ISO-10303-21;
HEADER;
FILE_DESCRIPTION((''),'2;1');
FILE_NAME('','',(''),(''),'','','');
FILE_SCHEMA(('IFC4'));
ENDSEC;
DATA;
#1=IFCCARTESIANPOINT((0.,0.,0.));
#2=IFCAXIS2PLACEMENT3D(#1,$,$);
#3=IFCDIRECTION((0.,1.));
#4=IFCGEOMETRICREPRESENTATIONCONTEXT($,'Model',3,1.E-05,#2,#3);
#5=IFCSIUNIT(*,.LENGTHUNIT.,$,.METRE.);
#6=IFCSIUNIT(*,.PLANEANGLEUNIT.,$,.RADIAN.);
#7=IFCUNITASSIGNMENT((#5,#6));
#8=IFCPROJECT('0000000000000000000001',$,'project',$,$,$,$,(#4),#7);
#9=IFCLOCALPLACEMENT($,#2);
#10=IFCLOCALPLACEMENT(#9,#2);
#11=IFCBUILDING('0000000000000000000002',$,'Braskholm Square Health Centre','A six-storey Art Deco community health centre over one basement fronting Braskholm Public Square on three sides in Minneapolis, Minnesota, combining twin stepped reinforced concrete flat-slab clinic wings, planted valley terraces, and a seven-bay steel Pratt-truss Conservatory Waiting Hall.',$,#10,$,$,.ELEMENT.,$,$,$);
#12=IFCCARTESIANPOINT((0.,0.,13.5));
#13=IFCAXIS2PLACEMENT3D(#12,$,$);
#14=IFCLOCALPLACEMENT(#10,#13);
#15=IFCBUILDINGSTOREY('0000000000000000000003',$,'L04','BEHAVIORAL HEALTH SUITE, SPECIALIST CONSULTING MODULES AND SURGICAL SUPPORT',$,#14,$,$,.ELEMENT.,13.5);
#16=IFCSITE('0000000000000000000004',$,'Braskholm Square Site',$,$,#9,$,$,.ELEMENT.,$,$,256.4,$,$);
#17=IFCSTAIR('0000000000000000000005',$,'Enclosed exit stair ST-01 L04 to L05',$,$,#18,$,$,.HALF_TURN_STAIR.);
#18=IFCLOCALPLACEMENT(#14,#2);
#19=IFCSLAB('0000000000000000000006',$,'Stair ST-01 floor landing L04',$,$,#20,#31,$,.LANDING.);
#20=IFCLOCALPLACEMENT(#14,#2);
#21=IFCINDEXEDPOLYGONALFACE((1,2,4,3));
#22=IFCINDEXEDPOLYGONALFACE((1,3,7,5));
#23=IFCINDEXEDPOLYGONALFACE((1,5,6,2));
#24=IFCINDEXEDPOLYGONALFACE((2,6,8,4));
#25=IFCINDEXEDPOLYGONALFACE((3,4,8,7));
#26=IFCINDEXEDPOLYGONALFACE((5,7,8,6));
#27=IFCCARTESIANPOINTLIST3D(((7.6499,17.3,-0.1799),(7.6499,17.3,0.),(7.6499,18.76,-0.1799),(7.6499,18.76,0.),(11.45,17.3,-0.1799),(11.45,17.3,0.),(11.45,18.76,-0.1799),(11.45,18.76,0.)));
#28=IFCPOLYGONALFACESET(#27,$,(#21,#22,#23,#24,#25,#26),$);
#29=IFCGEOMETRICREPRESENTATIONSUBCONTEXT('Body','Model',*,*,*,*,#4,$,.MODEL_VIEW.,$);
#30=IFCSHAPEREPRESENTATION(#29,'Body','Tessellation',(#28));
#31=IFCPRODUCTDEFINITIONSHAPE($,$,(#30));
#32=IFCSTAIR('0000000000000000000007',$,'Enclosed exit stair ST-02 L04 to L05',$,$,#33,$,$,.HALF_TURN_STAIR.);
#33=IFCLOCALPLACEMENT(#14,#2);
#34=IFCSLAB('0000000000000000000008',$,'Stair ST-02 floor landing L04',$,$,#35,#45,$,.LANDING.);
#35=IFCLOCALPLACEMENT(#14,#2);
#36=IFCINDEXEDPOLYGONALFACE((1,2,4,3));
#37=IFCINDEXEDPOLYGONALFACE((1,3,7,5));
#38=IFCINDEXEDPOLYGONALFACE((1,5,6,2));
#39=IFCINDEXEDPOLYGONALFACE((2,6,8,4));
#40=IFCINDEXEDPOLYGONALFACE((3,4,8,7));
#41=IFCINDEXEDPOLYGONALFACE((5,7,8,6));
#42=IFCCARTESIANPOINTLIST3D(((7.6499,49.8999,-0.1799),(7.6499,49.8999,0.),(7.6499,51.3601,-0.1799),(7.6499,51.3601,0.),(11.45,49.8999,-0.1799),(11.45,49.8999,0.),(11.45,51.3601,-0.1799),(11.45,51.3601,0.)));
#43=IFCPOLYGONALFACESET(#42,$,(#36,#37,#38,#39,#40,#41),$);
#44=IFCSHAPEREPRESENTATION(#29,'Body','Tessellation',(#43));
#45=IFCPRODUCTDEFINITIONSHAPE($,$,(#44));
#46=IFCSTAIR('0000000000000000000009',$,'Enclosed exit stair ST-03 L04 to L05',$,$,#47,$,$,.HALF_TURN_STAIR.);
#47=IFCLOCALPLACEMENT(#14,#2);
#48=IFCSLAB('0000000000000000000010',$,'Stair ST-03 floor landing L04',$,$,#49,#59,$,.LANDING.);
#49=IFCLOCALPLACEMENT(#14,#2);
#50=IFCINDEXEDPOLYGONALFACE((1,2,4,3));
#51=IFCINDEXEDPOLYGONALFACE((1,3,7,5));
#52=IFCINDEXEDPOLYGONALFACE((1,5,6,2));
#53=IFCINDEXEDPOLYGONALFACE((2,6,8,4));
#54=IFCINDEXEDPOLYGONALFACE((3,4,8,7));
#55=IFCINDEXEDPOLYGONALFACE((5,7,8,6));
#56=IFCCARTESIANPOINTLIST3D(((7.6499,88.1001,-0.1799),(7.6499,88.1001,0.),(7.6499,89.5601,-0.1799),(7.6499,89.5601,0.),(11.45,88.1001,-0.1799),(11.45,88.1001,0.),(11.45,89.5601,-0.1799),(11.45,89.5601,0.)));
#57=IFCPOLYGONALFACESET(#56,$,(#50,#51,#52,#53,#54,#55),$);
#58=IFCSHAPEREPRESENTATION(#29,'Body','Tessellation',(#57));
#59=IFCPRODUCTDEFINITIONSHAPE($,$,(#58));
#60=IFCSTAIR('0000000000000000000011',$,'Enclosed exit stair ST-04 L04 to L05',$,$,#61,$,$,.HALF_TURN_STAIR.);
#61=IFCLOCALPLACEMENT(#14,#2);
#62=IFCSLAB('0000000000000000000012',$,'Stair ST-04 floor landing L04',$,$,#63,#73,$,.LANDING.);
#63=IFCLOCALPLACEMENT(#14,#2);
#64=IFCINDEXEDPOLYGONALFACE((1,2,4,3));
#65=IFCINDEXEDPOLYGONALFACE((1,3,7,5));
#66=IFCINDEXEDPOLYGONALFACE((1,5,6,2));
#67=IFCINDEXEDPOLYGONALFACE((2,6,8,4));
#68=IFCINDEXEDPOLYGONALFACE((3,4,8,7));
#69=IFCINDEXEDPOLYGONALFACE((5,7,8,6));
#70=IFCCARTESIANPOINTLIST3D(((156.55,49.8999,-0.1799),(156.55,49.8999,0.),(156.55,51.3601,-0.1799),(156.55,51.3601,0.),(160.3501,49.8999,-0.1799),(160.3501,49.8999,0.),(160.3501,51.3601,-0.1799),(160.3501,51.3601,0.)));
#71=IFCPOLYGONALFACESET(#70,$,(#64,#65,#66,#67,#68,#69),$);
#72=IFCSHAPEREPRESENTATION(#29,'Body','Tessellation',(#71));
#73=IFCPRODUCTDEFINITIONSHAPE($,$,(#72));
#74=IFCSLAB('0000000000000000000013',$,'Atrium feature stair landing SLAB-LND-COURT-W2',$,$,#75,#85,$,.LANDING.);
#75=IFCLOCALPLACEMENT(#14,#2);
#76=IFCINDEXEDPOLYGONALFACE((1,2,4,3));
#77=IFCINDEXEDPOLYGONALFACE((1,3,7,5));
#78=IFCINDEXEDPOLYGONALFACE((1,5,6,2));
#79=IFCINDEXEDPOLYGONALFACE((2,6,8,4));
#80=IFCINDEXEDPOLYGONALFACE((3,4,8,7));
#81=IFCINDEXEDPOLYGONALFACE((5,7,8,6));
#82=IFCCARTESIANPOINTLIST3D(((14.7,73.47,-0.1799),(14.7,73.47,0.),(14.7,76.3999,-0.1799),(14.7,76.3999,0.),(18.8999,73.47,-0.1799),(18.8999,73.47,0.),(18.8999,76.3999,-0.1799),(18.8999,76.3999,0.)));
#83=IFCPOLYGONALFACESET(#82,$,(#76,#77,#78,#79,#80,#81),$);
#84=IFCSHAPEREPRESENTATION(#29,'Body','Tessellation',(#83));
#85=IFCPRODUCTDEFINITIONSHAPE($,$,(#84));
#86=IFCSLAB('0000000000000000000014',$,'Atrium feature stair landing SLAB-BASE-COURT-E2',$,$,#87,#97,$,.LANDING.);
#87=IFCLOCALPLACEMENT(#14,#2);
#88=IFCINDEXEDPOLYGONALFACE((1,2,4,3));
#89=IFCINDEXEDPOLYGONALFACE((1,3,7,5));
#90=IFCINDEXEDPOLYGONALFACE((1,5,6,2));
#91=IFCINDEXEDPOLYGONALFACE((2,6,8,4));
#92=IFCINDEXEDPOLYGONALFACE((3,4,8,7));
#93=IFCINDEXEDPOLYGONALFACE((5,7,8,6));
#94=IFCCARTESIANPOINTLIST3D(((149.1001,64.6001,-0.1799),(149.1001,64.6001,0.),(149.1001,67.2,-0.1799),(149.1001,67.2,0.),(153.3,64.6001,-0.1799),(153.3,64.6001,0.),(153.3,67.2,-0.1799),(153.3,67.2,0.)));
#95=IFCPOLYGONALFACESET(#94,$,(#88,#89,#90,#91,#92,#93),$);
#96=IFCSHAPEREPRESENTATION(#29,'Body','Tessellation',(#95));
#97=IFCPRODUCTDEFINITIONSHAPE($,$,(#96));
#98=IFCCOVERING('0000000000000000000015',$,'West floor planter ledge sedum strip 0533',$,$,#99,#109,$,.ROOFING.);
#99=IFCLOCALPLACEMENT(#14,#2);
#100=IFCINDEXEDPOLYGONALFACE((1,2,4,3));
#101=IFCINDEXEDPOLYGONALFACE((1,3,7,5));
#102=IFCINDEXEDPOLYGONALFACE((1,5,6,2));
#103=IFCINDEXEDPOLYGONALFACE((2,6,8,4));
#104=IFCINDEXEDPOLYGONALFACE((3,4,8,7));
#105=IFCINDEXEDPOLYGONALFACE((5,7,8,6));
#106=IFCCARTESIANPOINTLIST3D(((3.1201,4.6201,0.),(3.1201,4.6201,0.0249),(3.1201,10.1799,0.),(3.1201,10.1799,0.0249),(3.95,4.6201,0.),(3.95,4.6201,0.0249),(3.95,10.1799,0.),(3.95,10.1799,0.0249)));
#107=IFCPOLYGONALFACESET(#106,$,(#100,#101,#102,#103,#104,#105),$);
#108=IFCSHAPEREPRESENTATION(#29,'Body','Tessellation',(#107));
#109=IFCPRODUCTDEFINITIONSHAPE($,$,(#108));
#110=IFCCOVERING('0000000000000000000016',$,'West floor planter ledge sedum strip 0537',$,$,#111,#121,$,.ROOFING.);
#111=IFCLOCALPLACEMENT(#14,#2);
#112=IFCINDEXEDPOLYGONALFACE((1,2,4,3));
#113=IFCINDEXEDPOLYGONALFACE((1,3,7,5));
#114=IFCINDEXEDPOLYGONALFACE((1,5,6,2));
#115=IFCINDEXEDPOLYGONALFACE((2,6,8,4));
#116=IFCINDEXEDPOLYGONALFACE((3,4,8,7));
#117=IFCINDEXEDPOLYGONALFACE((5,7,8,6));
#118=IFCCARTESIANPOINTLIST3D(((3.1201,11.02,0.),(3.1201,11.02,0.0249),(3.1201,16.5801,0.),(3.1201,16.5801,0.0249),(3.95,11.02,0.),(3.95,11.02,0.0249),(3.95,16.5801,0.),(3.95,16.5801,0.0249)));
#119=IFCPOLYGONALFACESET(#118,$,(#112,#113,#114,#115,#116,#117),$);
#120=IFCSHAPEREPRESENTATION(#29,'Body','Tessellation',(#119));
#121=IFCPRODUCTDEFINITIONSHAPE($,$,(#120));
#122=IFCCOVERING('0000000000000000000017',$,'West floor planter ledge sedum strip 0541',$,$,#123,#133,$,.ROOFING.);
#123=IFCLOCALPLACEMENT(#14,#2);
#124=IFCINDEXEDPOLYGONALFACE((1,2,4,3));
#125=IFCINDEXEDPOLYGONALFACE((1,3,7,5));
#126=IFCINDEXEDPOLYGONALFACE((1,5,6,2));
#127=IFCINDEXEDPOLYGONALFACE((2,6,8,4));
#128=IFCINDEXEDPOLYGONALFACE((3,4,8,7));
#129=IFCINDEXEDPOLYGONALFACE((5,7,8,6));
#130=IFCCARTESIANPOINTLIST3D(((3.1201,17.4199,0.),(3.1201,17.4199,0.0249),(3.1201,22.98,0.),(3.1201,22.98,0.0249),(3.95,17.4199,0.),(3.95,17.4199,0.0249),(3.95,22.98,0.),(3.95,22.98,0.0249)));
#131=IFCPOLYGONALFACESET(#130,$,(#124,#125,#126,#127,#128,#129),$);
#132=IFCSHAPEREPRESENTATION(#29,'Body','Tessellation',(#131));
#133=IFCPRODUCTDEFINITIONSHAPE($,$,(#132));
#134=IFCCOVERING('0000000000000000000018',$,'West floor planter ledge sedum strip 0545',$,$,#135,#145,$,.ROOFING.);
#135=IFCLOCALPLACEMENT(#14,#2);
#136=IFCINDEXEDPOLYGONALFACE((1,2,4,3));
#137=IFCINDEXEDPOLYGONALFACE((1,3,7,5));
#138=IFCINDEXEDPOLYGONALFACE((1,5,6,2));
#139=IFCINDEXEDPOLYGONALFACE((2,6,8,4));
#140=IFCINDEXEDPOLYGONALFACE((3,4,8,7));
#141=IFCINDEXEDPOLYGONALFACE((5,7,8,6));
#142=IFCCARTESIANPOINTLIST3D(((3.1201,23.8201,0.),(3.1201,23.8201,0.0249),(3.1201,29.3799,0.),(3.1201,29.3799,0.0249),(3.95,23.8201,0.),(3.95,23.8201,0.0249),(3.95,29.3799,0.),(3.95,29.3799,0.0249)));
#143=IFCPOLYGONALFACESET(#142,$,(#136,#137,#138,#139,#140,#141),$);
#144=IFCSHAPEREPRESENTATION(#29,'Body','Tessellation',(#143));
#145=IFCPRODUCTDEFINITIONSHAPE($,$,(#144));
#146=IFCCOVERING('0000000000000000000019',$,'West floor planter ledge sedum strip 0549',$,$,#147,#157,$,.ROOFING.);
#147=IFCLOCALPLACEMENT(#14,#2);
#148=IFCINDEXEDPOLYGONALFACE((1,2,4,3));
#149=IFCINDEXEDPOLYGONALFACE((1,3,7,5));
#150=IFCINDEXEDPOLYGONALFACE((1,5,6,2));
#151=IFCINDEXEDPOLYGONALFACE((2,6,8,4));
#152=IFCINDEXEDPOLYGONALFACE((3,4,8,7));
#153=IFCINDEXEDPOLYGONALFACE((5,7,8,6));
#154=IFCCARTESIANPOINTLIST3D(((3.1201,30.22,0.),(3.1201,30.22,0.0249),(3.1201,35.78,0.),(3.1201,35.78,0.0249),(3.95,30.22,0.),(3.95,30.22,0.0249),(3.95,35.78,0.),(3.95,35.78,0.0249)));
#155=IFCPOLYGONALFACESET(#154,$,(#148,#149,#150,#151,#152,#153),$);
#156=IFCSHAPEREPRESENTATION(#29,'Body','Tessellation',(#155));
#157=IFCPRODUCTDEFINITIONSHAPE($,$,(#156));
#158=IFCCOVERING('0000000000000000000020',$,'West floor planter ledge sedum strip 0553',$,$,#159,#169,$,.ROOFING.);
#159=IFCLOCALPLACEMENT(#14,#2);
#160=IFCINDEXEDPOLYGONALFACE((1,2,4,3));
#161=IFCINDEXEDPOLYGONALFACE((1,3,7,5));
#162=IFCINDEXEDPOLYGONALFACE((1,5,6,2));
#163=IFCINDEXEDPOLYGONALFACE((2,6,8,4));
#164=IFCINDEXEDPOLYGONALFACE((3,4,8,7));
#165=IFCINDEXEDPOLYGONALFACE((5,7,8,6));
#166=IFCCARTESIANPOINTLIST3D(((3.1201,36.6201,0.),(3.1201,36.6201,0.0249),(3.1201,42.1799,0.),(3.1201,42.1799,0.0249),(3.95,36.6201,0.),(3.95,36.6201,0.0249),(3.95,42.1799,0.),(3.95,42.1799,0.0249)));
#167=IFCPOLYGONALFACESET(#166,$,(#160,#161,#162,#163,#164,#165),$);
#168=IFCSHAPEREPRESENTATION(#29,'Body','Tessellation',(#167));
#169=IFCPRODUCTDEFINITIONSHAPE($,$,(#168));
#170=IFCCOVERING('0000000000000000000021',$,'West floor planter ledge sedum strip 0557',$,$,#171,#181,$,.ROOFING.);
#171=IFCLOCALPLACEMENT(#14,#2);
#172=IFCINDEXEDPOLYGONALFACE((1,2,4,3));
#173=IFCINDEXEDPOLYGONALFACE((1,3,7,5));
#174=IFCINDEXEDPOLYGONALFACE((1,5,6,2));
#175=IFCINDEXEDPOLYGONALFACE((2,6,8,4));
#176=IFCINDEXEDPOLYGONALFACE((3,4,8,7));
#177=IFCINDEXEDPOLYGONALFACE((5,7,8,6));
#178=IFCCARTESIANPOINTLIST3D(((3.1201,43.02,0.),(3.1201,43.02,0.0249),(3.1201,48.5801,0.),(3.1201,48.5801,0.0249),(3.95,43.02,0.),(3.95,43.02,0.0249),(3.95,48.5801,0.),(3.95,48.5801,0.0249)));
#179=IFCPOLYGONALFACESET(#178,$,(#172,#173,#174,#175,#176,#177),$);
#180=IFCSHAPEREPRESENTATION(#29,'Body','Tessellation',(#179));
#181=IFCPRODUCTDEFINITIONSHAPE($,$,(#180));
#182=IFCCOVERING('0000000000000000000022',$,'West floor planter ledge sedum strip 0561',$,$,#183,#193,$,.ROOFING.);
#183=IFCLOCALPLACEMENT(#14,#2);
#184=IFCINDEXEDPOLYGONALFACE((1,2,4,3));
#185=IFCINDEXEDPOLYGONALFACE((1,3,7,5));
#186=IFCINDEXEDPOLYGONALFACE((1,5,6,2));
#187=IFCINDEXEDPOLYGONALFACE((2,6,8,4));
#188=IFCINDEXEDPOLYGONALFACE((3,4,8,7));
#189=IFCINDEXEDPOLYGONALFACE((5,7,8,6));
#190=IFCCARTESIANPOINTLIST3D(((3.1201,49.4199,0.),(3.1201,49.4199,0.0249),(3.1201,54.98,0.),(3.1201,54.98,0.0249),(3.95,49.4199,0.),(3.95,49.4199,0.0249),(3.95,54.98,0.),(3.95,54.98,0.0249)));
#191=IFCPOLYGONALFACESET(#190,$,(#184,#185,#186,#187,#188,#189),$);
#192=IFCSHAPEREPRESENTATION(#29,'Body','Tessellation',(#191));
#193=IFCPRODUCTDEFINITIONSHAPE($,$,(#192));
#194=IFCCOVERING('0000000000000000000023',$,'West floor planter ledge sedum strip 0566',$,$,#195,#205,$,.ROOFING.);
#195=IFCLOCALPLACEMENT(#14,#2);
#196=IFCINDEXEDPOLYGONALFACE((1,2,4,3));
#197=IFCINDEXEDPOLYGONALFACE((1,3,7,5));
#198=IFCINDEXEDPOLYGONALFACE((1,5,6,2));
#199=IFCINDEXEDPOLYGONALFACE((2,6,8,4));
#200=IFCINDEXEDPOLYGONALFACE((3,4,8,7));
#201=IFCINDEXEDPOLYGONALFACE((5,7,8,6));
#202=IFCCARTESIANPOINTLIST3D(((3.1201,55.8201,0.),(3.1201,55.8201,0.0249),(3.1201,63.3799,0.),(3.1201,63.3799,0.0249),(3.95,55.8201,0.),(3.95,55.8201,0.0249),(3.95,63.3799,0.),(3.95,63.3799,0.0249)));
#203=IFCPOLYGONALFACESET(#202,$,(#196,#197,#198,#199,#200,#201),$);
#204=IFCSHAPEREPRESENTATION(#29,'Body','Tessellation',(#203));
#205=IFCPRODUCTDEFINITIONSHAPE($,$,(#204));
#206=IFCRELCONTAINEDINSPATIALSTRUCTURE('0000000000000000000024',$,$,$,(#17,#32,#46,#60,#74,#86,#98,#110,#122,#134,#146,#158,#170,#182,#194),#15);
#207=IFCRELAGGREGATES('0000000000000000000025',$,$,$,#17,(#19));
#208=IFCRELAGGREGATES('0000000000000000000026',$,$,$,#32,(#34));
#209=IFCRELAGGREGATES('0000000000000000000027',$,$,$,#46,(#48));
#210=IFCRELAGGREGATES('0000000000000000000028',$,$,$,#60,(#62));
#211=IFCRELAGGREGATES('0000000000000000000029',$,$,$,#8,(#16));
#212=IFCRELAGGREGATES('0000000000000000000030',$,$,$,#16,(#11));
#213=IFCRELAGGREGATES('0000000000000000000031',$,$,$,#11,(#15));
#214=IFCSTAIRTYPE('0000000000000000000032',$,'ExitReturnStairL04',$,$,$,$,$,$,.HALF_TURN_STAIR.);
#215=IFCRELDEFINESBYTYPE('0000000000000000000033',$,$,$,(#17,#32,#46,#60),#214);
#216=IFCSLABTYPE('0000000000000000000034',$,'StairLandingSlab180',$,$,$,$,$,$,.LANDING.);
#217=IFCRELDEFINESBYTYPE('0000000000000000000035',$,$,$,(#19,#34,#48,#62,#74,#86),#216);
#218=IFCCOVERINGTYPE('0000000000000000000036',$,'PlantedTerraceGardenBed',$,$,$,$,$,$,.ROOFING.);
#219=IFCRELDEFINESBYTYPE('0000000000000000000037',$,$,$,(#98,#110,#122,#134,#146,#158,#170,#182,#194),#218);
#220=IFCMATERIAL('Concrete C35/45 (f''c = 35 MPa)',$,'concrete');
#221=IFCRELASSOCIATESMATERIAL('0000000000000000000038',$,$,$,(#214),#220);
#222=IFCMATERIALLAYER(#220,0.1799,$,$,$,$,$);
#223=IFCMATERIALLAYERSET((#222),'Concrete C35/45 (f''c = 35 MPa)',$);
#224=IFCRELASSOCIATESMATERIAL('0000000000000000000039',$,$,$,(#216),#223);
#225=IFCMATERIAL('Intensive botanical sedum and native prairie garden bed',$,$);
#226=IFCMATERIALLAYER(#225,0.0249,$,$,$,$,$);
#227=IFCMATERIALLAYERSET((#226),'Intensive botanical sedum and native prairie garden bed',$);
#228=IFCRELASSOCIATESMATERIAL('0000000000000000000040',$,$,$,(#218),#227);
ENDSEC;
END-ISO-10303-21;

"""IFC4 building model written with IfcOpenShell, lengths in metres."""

from ifc_helpers import new_model, si_unit, direction, frame, origin, place, context, subcontext, project, spatial, polyline, outline, extrude, material, layer, layer_set, type_object, element, aggregate, save


model = new_model("IFC4")

# Units and contexts
model_context = context("Model", 3, precision=1e-05, world=origin(), true_north=direction((0.0, 1.0)))
body_context = subcontext(model_context, "Body", "Model", "MODEL_VIEW")
ifc_project = project(units=[si_unit("LENGTHUNIT", "METRE"), si_unit("PLANEANGLEUNIT", "RADIAN")], contexts=[model_context])

# Site, building, storey
site_placement = place(None, origin())
site = spatial("IfcSite", under=ifc_project, at=site_placement, Name="Braskholm Square Site", CompositionType="ELEMENT", RefElevation=256.4)
building_placement = place(site_placement, origin())
building = spatial("IfcBuilding", under=site, at=building_placement, Name="Braskholm Square Health Centre", Description="A six-storey Art Deco community health centre over one basement fronting Braskholm Public Square on three sides in Minneapolis, Minnesota, combining twin stepped reinforced concrete flat-slab clinic wings, planted valley terraces, and a seven-bay steel Pratt-truss Conservatory Waiting Hall.", CompositionType="ELEMENT")
storey_placement = place(building_placement, frame((0.0, 0.0, 13.5)))
storey = spatial("IfcBuildingStorey", under=building, at=storey_placement, Name="L04", Description="BEHAVIORAL HEALTH SUITE, SPECIALIST CONSULTING MODULES AND SURGICAL SUPPORT", CompositionType="ELEMENT", Elevation=13.5)

# Stairs, slabs
ifc_material_1 = material(Name="Concrete C35/45 (f'c = 35 MPa)", Category="concrete")
stair_type = type_object("IfcStairType", Name="ExitReturnStairL04", PredefinedType="HALF_TURN_STAIR", material=ifc_material_1)
stair_1_placement = place(storey_placement, origin())
stair_1 = element("IfcStair", 1, at=stair_1_placement, inside=storey, type_object=stair_type, Name="Enclosed exit stair ST-01 L04 to L05", PredefinedType="HALF_TURN_STAIR")
ifc_layer_1 = layer(ifc_material_1, 0.1799)
ifc_layer_set_1 = layer_set([ifc_layer_1], Name="Concrete C35/45 (f'c = 35 MPa)")
slab_type_1 = type_object("IfcSlabType", Name="StairLandingSlab180", PredefinedType="LANDING", material=ifc_layer_set_1)
slab_1_placement = place(storey_placement, frame((0.0, 0.0, -0.1799)))
slab_1 = element("IfcSlab", 2, at=slab_1_placement, type_object=slab_type_1, Name="Stair ST-01 floor landing L04", PredefinedType="LANDING", context=body_context, shape_type="SweptSolid", body=[
    extrude(outline(polyline([(7.6499, 17.3), (11.45, 17.3), (11.45, 18.76), (7.6499, 18.76), (7.6499, 17.3)])), origin(), (0.0, 0.0, 1.0), 0.1799),
])
aggregate(stair_1, [slab_1])
stair_2_placement = place(storey_placement, origin())
stair_2 = element("IfcStair", 3, at=stair_2_placement, inside=storey, type_object=stair_type, Name="Enclosed exit stair ST-02 L04 to L05", PredefinedType="HALF_TURN_STAIR")
slab_2_placement = place(storey_placement, frame((0.0, 0.0, -0.1799)))
slab_2 = element("IfcSlab", 4, at=slab_2_placement, type_object=slab_type_1, Name="Stair ST-02 floor landing L04", PredefinedType="LANDING", context=body_context, shape_type="SweptSolid", body=[
    extrude(outline(polyline([(7.6499, 49.8999), (11.45, 49.8999), (11.45, 51.3601), (7.6499, 51.3601), (7.6499, 49.8999)])), origin(), (0.0, 0.0, 1.0), 0.1799),
])
aggregate(stair_2, [slab_2])
stair_3_placement = place(storey_placement, origin())
stair_3 = element("IfcStair", 5, at=stair_3_placement, inside=storey, type_object=stair_type, Name="Enclosed exit stair ST-03 L04 to L05", PredefinedType="HALF_TURN_STAIR")
slab_3_placement = place(storey_placement, frame((0.0, 0.0, -0.1799)))
slab_3 = element("IfcSlab", 6, at=slab_3_placement, type_object=slab_type_1, Name="Stair ST-03 floor landing L04", PredefinedType="LANDING", context=body_context, shape_type="SweptSolid", body=[
    extrude(outline(polyline([(7.6499, 88.1001), (11.45, 88.1001), (11.45, 89.5601), (7.6499, 89.5601), (7.6499, 88.1001)])), origin(), (0.0, 0.0, 1.0), 0.1799),
])
aggregate(stair_3, [slab_3])
stair_4_placement = place(storey_placement, origin())
stair_4 = element("IfcStair", 7, at=stair_4_placement, inside=storey, type_object=stair_type, Name="Enclosed exit stair ST-04 L04 to L05", PredefinedType="HALF_TURN_STAIR")
slab_4_placement = place(storey_placement, frame((0.0, 0.0, -0.1799)))
slab_4 = element("IfcSlab", 8, at=slab_4_placement, type_object=slab_type_1, Name="Stair ST-04 floor landing L04", PredefinedType="LANDING", context=body_context, shape_type="SweptSolid", body=[
    extrude(outline(polyline([(156.55, 49.8999), (160.3501, 49.8999), (160.3501, 51.3601), (156.55, 51.3601), (156.55, 49.8999)])), origin(), (0.0, 0.0, 1.0), 0.1799),
])
aggregate(stair_4, [slab_4])

# Slabs
slab_5_placement = place(storey_placement, frame((0.0, 0.0, -0.1799)))
element("IfcSlab", 9, at=slab_5_placement, inside=storey, type_object=slab_type_1, Name="Atrium feature stair landing SLAB-LND-COURT-W2", PredefinedType="LANDING", context=body_context, shape_type="SweptSolid", body=[
    extrude(outline(polyline([(14.7, 73.47), (18.8999, 73.47), (18.8999, 76.3999), (14.7, 76.3999), (14.7, 73.47)])), origin(), (0.0, 0.0, 1.0), 0.1799),
])
slab_6_placement = place(storey_placement, frame((0.0, 0.0, -0.1799)))
element("IfcSlab", 10, at=slab_6_placement, inside=storey, type_object=slab_type_1, Name="Atrium feature stair landing SLAB-BASE-COURT-E2", PredefinedType="LANDING", context=body_context, shape_type="SweptSolid", body=[
    extrude(outline(polyline([(149.1001, 64.6001), (153.3, 64.6001), (153.3, 67.2), (149.1001, 67.2), (149.1001, 64.6001)])), origin(), (0.0, 0.0, 1.0), 0.1799),
])

# Coverings
ifc_material_2 = material(Name="Intensive botanical sedum and native prairie garden bed")
ifc_layer_2 = layer(ifc_material_2, 0.0249)
ifc_layer_set_2 = layer_set([ifc_layer_2], Name="Intensive botanical sedum and native prairie garden bed")
covering_type = type_object("IfcCoveringType", Name="PlantedTerraceGardenBed", PredefinedType="ROOFING", material=ifc_layer_set_2)
covering_1_placement = place(storey_placement, origin())
element("IfcCovering", 11, at=covering_1_placement, inside=storey, type_object=covering_type, Name="West floor planter ledge sedum strip 0533", PredefinedType="ROOFING", context=body_context, shape_type="SweptSolid", body=[
    extrude(outline(polyline([(3.1201, 4.6201), (3.95, 4.6201), (3.95, 10.1799), (3.1201, 10.1799), (3.1201, 4.6201)])), origin(), (0.0, 0.0, 1.0), 0.0249),
])
covering_2_placement = place(storey_placement, origin())
element("IfcCovering", 12, at=covering_2_placement, inside=storey, type_object=covering_type, Name="West floor planter ledge sedum strip 0537", PredefinedType="ROOFING", context=body_context, shape_type="SweptSolid", body=[
    extrude(outline(polyline([(3.1201, 11.02), (3.95, 11.02), (3.95, 16.5801), (3.1201, 16.5801), (3.1201, 11.02)])), origin(), (0.0, 0.0, 1.0), 0.0249),
])
covering_3_placement = place(storey_placement, origin())
element("IfcCovering", 13, at=covering_3_placement, inside=storey, type_object=covering_type, Name="West floor planter ledge sedum strip 0541", PredefinedType="ROOFING", context=body_context, shape_type="SweptSolid", body=[
    extrude(outline(polyline([(3.1201, 17.4199), (3.95, 17.4199), (3.95, 22.98), (3.1201, 22.98), (3.1201, 17.4199)])), origin(), (0.0, 0.0, 1.0), 0.0249),
])
covering_4_placement = place(storey_placement, origin())
element("IfcCovering", 14, at=covering_4_placement, inside=storey, type_object=covering_type, Name="West floor planter ledge sedum strip 0545", PredefinedType="ROOFING", context=body_context, shape_type="SweptSolid", body=[
    extrude(outline(polyline([(3.1201, 23.8201), (3.95, 23.8201), (3.95, 29.3799), (3.1201, 29.3799), (3.1201, 23.8201)])), origin(), (0.0, 0.0, 1.0), 0.0249),
])
covering_5_placement = place(storey_placement, origin())
element("IfcCovering", 15, at=covering_5_placement, inside=storey, type_object=covering_type, Name="West floor planter ledge sedum strip 0549", PredefinedType="ROOFING", context=body_context, shape_type="SweptSolid", body=[
    extrude(outline(polyline([(3.1201, 30.22), (3.95, 30.22), (3.95, 35.78), (3.1201, 35.78), (3.1201, 30.22)])), origin(), (0.0, 0.0, 1.0), 0.0249),
])
covering_6_placement = place(storey_placement, origin())
element("IfcCovering", 16, at=covering_6_placement, inside=storey, type_object=covering_type, Name="West floor planter ledge sedum strip 0553", PredefinedType="ROOFING", context=body_context, shape_type="SweptSolid", body=[
    extrude(outline(polyline([(3.1201, 36.6201), (3.95, 36.6201), (3.95, 42.1799), (3.1201, 42.1799), (3.1201, 36.6201)])), origin(), (0.0, 0.0, 1.0), 0.0249),
])
covering_7_placement = place(storey_placement, origin())
element("IfcCovering", 17, at=covering_7_placement, inside=storey, type_object=covering_type, Name="West floor planter ledge sedum strip 0557", PredefinedType="ROOFING", context=body_context, shape_type="SweptSolid", body=[
    extrude(outline(polyline([(3.1201, 43.02), (3.95, 43.02), (3.95, 48.5801), (3.1201, 48.5801), (3.1201, 43.02)])), origin(), (0.0, 0.0, 1.0), 0.0249),
])
covering_8_placement = place(storey_placement, origin())
element("IfcCovering", 18, at=covering_8_placement, inside=storey, type_object=covering_type, Name="West floor planter ledge sedum strip 0561", PredefinedType="ROOFING", context=body_context, shape_type="SweptSolid", body=[
    extrude(outline(polyline([(3.1201, 49.4199), (3.95, 49.4199), (3.95, 54.98), (3.1201, 54.98), (3.1201, 49.4199)])), origin(), (0.0, 0.0, 1.0), 0.0249),
])
covering_9_placement = place(storey_placement, origin())
element("IfcCovering", 19, at=covering_9_placement, inside=storey, type_object=covering_type, Name="West floor planter ledge sedum strip 0566", PredefinedType="ROOFING", context=body_context, shape_type="SweptSolid", body=[
    extrude(outline(polyline([(3.1201, 55.8201), (3.95, 55.8201), (3.95, 63.3799), (3.1201, 63.3799), (3.1201, 55.8201)])), origin(), (0.0, 0.0, 1.0), 0.0249),
])

save(model, "model.ifc")
